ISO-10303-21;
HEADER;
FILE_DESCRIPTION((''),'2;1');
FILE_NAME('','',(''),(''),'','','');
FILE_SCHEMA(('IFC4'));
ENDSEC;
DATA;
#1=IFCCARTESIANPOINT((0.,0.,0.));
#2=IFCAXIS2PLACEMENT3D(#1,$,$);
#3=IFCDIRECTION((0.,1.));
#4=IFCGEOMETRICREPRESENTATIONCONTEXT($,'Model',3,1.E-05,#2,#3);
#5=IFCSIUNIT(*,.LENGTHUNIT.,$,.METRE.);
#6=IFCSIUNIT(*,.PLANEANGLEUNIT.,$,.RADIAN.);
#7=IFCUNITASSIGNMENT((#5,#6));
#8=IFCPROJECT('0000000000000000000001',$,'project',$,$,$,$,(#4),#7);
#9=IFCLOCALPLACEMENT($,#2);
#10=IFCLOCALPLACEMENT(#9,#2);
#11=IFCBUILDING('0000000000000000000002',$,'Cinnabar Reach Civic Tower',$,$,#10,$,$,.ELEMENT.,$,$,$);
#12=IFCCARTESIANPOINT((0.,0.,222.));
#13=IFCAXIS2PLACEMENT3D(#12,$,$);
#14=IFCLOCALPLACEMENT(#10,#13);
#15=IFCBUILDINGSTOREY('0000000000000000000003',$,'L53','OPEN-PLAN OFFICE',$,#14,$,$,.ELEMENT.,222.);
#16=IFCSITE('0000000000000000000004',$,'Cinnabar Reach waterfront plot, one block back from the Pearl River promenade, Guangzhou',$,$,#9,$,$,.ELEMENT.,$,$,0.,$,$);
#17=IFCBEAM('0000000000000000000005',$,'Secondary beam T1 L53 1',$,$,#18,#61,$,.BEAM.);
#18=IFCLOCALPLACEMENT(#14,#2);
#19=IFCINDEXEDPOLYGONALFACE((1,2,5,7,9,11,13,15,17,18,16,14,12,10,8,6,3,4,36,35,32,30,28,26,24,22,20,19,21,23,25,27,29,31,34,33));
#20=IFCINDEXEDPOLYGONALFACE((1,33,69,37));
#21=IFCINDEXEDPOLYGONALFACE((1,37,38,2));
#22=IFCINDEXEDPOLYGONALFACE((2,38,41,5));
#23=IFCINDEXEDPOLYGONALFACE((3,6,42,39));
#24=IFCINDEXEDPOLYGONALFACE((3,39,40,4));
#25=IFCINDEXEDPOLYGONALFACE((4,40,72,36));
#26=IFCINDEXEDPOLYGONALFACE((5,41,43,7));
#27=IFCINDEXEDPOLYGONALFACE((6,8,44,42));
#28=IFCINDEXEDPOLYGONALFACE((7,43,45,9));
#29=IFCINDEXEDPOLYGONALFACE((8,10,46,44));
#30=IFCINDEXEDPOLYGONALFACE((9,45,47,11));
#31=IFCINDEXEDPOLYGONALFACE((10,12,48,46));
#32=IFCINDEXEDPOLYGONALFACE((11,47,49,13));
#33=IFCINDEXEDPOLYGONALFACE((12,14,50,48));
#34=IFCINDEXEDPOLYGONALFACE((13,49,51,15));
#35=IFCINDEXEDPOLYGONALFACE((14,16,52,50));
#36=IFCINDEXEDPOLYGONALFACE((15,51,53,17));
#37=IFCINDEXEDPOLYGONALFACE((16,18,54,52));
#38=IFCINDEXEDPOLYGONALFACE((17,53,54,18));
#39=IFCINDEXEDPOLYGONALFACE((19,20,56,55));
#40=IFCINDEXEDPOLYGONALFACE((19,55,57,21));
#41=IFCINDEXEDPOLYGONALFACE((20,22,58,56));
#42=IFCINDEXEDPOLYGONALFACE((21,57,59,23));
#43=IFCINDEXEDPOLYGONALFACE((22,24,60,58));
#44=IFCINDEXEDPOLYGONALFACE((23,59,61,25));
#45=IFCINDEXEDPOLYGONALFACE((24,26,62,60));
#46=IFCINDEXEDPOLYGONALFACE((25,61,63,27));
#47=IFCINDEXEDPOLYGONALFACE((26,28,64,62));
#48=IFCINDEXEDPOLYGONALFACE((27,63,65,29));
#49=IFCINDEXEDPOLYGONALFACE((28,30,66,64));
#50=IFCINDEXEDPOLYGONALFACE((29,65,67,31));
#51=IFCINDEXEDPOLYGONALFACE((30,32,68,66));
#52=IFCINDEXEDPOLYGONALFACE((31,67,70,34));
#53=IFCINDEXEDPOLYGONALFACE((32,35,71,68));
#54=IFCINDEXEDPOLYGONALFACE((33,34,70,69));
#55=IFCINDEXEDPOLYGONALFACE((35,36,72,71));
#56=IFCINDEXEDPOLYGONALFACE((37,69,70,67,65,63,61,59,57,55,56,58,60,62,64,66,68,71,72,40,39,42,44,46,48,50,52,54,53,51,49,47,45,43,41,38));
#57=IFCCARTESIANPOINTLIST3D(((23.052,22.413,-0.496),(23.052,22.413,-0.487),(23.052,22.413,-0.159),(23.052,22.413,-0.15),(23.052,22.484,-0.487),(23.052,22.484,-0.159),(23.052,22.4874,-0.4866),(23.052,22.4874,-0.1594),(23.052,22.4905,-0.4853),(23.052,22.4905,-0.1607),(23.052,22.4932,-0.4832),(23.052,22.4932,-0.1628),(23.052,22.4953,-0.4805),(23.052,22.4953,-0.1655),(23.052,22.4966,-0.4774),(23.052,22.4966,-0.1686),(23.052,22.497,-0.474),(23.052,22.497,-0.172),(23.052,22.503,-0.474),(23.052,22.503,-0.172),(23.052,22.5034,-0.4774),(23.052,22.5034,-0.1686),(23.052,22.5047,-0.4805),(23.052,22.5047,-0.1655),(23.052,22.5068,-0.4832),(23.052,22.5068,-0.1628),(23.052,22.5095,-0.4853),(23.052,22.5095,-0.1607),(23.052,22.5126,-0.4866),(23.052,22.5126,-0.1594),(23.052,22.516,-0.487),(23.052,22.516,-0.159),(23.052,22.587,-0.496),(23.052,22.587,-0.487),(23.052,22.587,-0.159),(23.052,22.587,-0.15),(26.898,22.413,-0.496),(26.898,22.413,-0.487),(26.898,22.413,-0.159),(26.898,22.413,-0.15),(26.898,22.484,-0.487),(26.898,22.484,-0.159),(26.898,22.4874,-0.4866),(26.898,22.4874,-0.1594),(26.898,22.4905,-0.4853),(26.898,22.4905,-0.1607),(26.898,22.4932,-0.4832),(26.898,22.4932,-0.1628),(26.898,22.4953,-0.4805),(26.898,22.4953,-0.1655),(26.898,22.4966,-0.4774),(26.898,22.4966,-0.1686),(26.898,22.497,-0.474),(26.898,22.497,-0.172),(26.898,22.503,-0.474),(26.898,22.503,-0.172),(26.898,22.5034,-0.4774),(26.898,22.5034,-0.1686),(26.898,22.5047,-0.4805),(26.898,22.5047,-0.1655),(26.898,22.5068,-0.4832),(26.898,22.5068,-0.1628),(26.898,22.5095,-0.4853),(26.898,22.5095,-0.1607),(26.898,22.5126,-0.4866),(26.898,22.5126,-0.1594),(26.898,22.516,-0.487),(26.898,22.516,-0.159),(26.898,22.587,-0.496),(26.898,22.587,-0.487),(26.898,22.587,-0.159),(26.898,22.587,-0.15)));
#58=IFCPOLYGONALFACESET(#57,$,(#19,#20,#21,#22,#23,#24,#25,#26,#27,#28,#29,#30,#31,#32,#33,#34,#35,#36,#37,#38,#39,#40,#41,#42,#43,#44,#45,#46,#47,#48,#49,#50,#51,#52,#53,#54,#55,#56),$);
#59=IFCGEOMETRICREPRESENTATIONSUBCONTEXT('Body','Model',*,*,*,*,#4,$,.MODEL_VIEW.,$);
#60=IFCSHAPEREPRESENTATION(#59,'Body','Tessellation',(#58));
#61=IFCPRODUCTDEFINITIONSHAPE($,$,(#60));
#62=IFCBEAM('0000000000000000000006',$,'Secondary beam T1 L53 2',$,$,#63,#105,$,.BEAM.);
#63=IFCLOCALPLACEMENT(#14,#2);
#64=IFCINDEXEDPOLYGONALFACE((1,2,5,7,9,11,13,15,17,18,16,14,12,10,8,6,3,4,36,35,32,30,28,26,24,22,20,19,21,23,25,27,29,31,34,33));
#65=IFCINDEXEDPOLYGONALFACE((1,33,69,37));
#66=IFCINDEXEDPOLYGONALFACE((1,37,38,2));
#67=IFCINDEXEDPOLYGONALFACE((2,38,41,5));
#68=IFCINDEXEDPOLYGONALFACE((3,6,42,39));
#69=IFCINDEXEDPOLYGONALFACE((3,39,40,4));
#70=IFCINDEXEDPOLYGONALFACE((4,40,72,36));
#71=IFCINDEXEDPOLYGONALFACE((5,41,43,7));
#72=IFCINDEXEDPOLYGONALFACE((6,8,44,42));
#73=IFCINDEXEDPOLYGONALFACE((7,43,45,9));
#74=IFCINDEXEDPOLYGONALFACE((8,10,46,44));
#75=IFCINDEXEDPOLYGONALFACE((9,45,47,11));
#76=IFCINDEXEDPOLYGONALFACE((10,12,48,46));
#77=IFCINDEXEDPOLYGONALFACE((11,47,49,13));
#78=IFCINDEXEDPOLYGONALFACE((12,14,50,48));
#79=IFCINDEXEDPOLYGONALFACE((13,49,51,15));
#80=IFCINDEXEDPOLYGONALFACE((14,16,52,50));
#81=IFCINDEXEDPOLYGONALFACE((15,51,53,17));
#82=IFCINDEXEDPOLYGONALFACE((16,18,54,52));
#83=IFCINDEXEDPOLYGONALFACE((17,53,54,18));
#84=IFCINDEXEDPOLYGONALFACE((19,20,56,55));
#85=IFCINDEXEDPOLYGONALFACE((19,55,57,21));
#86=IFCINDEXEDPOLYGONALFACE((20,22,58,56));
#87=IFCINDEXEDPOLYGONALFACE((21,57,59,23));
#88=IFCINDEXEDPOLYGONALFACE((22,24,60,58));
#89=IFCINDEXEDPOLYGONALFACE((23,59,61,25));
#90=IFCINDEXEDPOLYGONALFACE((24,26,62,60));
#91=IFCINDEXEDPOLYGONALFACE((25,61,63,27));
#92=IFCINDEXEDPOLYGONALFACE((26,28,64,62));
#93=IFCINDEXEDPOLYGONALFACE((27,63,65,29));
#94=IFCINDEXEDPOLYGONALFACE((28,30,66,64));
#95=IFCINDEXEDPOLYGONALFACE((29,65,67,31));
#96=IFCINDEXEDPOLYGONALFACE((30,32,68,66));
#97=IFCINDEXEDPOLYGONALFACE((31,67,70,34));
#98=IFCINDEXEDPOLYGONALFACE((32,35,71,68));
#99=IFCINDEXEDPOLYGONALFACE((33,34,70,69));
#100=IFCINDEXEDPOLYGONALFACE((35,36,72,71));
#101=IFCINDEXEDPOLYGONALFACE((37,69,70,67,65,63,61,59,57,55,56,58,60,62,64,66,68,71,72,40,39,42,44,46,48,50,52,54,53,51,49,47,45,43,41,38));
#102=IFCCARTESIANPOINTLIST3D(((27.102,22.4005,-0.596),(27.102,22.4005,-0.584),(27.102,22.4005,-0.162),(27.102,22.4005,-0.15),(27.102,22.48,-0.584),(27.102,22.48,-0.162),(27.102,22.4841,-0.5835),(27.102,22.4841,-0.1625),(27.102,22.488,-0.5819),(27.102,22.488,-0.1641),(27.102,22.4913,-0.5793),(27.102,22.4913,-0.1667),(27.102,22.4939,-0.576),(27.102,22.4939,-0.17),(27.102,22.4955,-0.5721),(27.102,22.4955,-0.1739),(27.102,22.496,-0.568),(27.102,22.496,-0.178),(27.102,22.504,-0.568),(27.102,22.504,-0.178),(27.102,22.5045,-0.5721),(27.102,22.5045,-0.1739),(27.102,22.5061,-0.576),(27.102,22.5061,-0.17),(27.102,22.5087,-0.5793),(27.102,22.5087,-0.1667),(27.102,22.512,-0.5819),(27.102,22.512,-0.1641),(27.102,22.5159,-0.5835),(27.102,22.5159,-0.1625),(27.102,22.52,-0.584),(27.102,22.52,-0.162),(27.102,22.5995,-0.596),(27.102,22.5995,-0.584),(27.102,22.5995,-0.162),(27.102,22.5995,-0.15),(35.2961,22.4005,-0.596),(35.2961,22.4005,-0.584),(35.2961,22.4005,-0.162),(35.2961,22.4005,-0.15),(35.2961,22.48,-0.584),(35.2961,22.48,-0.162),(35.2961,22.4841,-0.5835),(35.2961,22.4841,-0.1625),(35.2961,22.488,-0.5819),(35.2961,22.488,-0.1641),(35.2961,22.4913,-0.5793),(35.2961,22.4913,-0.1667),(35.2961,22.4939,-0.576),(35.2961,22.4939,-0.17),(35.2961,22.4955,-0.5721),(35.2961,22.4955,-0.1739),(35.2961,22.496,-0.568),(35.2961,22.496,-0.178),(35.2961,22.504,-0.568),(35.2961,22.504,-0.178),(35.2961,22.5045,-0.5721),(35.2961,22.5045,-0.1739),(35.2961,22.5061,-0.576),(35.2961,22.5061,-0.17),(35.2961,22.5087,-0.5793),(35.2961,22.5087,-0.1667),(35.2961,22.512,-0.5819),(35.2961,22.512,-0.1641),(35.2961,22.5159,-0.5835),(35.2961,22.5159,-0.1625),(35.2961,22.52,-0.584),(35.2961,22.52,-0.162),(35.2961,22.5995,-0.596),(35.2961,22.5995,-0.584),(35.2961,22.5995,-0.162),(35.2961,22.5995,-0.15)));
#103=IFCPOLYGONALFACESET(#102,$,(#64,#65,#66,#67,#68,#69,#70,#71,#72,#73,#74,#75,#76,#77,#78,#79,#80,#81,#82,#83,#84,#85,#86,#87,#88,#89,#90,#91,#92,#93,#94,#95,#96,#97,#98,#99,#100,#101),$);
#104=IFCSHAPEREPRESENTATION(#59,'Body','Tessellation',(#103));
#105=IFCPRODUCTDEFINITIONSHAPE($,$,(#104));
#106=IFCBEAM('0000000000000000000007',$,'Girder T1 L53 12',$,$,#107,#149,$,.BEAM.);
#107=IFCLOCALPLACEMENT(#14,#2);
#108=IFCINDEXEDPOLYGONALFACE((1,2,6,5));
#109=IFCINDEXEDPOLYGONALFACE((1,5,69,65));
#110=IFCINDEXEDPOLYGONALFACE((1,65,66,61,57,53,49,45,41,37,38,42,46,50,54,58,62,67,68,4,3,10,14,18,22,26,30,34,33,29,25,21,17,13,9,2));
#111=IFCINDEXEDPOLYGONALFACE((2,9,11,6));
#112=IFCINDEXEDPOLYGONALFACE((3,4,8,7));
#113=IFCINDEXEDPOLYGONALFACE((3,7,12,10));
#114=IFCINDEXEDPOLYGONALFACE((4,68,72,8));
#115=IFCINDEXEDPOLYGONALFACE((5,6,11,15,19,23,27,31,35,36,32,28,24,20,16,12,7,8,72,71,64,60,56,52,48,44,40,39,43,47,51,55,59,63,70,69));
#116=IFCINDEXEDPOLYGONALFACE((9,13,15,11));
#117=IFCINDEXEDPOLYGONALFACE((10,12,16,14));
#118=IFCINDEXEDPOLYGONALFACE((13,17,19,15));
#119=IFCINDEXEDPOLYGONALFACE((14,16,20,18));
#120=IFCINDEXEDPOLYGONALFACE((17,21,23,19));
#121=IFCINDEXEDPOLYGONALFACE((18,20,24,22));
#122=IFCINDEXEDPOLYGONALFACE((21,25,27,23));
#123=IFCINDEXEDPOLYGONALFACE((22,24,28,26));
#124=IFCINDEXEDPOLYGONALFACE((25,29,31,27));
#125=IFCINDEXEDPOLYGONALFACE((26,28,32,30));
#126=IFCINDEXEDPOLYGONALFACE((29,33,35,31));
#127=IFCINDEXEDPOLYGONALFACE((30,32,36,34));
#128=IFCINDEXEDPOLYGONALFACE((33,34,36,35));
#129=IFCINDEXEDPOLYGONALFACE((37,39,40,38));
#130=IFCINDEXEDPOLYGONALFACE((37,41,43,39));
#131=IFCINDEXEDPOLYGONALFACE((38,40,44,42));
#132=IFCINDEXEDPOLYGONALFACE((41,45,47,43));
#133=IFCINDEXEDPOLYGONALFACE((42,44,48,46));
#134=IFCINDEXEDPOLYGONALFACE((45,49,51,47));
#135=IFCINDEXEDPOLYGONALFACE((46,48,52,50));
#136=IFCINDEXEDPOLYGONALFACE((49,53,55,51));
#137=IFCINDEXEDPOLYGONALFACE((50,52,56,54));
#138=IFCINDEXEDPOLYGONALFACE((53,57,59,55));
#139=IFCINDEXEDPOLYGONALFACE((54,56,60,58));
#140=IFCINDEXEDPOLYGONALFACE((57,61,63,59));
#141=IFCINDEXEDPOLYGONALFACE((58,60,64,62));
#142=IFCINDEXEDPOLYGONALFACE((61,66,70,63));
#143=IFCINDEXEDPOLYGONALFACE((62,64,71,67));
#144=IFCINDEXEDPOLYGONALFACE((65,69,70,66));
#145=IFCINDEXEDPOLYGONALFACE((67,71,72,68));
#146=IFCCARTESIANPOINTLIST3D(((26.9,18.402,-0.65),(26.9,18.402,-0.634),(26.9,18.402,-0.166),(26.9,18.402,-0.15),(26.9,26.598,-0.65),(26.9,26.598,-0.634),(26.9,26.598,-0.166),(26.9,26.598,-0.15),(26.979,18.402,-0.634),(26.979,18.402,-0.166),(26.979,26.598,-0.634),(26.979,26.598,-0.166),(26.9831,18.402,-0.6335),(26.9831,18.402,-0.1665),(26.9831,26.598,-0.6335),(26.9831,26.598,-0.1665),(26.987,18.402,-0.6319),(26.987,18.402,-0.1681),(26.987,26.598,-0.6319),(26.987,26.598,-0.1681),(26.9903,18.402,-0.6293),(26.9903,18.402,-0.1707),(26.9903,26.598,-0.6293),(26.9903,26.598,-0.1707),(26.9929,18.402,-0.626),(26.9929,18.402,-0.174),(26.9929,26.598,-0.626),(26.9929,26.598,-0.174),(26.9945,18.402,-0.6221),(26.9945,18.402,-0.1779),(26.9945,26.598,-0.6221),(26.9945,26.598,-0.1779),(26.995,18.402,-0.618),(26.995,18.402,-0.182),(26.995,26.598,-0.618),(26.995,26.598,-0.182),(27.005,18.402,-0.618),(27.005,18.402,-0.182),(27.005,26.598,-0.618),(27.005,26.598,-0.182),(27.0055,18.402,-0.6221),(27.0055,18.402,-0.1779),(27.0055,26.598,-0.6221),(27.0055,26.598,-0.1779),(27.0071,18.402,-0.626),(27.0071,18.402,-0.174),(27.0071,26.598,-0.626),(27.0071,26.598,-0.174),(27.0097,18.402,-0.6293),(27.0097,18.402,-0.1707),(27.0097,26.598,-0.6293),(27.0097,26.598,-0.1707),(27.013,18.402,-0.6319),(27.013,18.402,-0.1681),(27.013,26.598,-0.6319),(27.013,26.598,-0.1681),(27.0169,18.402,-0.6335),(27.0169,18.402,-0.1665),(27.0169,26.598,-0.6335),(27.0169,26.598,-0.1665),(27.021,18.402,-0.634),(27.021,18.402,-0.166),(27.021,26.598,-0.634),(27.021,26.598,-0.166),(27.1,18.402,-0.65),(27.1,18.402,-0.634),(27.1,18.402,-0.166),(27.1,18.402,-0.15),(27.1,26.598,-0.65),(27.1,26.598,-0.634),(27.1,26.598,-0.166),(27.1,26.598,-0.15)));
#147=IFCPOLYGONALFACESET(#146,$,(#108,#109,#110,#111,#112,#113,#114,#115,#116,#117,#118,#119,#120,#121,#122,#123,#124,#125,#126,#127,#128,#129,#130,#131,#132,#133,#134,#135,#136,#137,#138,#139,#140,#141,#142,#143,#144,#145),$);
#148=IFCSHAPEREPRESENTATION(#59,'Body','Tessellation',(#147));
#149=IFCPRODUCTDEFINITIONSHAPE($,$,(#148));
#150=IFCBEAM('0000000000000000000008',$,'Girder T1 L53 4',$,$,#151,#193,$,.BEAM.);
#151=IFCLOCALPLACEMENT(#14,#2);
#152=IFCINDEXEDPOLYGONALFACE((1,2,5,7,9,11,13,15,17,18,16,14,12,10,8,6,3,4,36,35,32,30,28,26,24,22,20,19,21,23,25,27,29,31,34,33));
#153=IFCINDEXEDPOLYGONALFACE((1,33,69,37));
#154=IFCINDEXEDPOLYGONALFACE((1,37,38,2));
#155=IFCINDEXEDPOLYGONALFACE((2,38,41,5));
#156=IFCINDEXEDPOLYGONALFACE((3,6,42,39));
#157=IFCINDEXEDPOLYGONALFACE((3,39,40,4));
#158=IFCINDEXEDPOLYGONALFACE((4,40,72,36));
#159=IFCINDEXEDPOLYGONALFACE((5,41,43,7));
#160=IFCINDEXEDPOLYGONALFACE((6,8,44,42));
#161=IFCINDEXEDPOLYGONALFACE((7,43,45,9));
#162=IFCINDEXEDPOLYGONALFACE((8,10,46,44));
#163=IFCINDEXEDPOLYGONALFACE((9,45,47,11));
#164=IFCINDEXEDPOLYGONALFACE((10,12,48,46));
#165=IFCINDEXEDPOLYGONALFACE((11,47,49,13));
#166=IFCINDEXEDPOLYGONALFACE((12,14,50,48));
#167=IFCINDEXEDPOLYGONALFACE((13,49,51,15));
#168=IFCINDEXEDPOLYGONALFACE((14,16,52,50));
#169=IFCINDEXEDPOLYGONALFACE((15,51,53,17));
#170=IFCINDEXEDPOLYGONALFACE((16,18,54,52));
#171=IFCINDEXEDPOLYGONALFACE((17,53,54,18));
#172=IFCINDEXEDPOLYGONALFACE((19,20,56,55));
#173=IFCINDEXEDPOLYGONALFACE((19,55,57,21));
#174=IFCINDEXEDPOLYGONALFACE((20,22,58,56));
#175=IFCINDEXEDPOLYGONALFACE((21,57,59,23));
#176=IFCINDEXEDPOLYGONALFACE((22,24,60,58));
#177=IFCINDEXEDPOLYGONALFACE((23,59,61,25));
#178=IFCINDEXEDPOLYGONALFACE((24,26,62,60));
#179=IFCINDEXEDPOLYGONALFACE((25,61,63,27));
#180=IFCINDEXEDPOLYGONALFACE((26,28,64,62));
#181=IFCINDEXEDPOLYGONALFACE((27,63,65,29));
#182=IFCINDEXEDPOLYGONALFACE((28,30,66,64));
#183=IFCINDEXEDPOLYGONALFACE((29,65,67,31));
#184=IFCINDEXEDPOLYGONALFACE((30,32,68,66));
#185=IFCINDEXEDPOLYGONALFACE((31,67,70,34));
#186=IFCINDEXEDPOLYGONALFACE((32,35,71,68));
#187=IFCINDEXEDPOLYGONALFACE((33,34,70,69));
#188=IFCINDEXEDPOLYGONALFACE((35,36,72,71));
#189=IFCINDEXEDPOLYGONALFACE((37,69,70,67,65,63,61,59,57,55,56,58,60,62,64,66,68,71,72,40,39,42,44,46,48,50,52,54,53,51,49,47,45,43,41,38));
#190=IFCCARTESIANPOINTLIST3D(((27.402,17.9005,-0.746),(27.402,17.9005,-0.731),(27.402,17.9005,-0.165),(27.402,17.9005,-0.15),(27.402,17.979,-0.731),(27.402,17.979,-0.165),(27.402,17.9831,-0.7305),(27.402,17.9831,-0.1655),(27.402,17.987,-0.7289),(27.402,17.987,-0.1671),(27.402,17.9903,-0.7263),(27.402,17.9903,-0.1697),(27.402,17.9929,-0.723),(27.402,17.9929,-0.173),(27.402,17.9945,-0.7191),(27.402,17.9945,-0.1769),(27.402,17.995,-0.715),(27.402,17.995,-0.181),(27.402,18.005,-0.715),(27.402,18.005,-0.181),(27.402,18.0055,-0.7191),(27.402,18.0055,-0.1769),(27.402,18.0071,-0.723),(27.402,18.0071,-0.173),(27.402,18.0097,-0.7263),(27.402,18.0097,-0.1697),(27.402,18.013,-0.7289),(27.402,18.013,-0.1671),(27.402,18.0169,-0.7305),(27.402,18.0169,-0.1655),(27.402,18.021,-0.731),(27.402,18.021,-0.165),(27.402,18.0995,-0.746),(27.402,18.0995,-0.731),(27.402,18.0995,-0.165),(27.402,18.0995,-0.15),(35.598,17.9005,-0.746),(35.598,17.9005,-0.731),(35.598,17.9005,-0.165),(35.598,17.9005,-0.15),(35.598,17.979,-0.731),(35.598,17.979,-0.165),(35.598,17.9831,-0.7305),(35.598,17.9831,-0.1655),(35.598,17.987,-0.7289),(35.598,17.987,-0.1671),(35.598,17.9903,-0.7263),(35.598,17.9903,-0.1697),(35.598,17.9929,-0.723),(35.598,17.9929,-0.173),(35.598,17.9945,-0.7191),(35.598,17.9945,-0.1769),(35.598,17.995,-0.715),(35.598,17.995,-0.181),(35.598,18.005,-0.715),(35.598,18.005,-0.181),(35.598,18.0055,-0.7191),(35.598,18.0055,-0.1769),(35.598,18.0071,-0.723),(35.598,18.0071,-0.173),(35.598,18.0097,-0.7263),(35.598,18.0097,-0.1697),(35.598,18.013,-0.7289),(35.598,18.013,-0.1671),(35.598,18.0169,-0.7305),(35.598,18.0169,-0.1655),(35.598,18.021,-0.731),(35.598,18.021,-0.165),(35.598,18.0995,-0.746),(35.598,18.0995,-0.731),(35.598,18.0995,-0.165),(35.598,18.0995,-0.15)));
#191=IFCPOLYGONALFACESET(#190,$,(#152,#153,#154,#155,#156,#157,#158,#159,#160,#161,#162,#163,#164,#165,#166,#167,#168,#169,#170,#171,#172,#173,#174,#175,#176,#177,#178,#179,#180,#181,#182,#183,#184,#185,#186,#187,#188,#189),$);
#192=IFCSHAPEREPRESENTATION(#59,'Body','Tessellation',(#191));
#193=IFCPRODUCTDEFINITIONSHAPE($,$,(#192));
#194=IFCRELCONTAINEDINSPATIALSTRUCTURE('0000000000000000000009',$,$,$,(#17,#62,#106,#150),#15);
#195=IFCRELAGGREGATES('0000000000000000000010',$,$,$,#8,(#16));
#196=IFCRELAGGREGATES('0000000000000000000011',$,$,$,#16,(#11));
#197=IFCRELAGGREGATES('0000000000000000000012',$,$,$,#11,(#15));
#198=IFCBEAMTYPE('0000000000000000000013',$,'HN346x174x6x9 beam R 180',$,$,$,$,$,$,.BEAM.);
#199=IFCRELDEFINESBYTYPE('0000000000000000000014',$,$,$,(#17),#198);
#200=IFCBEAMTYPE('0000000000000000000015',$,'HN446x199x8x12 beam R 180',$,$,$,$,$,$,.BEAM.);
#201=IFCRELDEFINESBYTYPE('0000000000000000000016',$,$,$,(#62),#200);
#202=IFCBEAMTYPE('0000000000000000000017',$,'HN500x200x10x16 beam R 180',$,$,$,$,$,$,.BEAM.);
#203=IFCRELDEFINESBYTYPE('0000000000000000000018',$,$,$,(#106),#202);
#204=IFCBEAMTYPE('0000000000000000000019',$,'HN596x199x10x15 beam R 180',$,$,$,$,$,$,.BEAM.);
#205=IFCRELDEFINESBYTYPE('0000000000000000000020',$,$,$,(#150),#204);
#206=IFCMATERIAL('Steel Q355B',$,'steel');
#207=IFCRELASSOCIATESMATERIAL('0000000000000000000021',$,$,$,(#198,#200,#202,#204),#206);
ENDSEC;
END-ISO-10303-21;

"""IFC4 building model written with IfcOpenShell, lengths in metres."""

from ifc_helpers import new_model, si_unit, direction, frame, origin, origin_2d, place, context, subcontext, project, spatial, i_section, extrude, material, material_profile, profile_set, type_object, element, save


model = new_model("IFC4")

# Units and contexts
model_context = context("Model", 3, precision=1e-05, world=origin(), true_north=direction((0.0, 1.0)))
body_context = subcontext(model_context, "Body", "Model", "MODEL_VIEW")
ifc_project = project(units=[si_unit("LENGTHUNIT", "METRE"), si_unit("PLANEANGLEUNIT", "RADIAN")], contexts=[model_context])

# Site, building, storey
site_placement = place(None, origin())
site = spatial("IfcSite", under=ifc_project, at=site_placement, Name="Cinnabar Reach waterfront plot, one block back from the Pearl River promenade, Guangzhou", CompositionType="ELEMENT", RefElevation=0.0)
building_placement = place(site_placement, origin())
building = spatial("IfcBuilding", under=site, at=building_placement, Name="Cinnabar Reach Civic Tower", CompositionType="ELEMENT")
storey_placement = place(building_placement, frame((0.0, 0.0, 222.0)))
storey = spatial("IfcBuildingStorey", under=building, at=storey_placement, Name="L53", Description="OPEN-PLAN OFFICE", CompositionType="ELEMENT", Elevation=222.0)

# Beams
ifc_material_1 = material(Name="Steel Q355B", Category="steel")
ifc_material_profile_1 = material_profile(ifc_material_1, i_section(OverallWidth=0.174, OverallDepth=0.346, WebThickness=0.006, FlangeThickness=0.009, FilletRadius=0.013, at=origin_2d()), Name="HN346x174x6x9")
ifc_profile_set_1 = profile_set([ifc_material_profile_1], Name="Steel Q355B")
beam_type_1 = type_object("IfcBeamType", Name="HN346x174x6x9 beam R 180", PredefinedType="BEAM", material=ifc_profile_set_1)
beam_1_placement = place(storey_placement, frame((23.052, 22.5, -0.323), z_axis=(1.0, 0.0, 0.0), x_axis=(0.0, 1.0, 0.0)))
element("IfcBeam", 1, at=beam_1_placement, inside=storey, type_object=beam_type_1, Name="Secondary beam T1 L53 1", PredefinedType="BEAM", context=body_context, shape_type="SweptSolid", body=[
    extrude(i_section(OverallWidth=0.174, OverallDepth=0.346, WebThickness=0.006, FlangeThickness=0.009, FilletRadius=0.013, at=origin_2d()), origin(), (0.0, 0.0, 1.0), 3.846),
])
ifc_material_profile_2 = material_profile(ifc_material_1, i_section(OverallWidth=0.199, OverallDepth=0.446, WebThickness=0.008, FlangeThickness=0.012, FilletRadius=0.016, at=origin_2d()), Name="HN446x199x8x12")
ifc_profile_set_2 = profile_set([ifc_material_profile_2], Name="Steel Q355B")
beam_type_2 = type_object("IfcBeamType", Name="HN446x199x8x12 beam R 180", PredefinedType="BEAM", material=ifc_profile_set_2)
beam_2_placement = place(storey_placement, frame((27.102, 22.5, -0.373), z_axis=(1.0, 0.0, 0.0), x_axis=(0.0, 1.0, 0.0)))
element("IfcBeam", 2, at=beam_2_placement, inside=storey, type_object=beam_type_2, Name="Secondary beam T1 L53 2", PredefinedType="BEAM", context=body_context, shape_type="SweptSolid", body=[
    extrude(i_section(OverallWidth=0.199, OverallDepth=0.446, WebThickness=0.008, FlangeThickness=0.012, FilletRadius=0.016, at=origin_2d()), origin(), (0.0, 0.0, 1.0), 8.1941),
])
ifc_material_profile_3 = material_profile(ifc_material_1, i_section(OverallWidth=0.2, OverallDepth=0.5, WebThickness=0.01, FlangeThickness=0.016, FilletRadius=0.016, at=origin_2d()), Name="HN500x200x10x16")
ifc_profile_set_3 = profile_set([ifc_material_profile_3], Name="Steel Q355B")
beam_type_3 = type_object("IfcBeamType", Name="HN500x200x10x16 beam R 180", PredefinedType="BEAM", material=ifc_profile_set_3)
beam_3_placement = place(storey_placement, frame((27.0, 18.402, -0.4), z_axis=(0.0, 1.0, 0.0), x_axis=(-1.0, 0.0, 0.0)))
element("IfcBeam", 3, at=beam_3_placement, inside=storey, type_object=beam_type_3, Name="Girder T1 L53 12", PredefinedType="BEAM", context=body_context, shape_type="SweptSolid", body=[
    extrude(i_section(OverallWidth=0.2, OverallDepth=0.5, WebThickness=0.01, FlangeThickness=0.016, FilletRadius=0.016, at=origin_2d()), origin(), (0.0, 0.0, 1.0), 8.196),
])
ifc_material_profile_4 = material_profile(ifc_material_1, i_section(OverallWidth=0.199, OverallDepth=0.596, WebThickness=0.01, FlangeThickness=0.015, FilletRadius=0.016, at=origin_2d()), Name="HN596x199x10x15")
ifc_profile_set_4 = profile_set([ifc_material_profile_4], Name="Steel Q355B")
beam_type_4 = type_object("IfcBeamType", Name="HN596x199x10x15 beam R 180", PredefinedType="BEAM", material=ifc_profile_set_4)
beam_4_placement = place(storey_placement, frame((27.402, 18.0, -0.448), z_axis=(1.0, 0.0, 0.0), x_axis=(0.0, 1.0, 0.0)))
element("IfcBeam", 4, at=beam_4_placement, inside=storey, type_object=beam_type_4, Name="Girder T1 L53 4", PredefinedType="BEAM", context=body_context, shape_type="SweptSolid", body=[
    extrude(i_section(OverallWidth=0.199, OverallDepth=0.596, WebThickness=0.01, FlangeThickness=0.015, FilletRadius=0.016, at=origin_2d()), origin(), (0.0, 0.0, 1.0), 8.196),
])

save(model, "model.ifc")
